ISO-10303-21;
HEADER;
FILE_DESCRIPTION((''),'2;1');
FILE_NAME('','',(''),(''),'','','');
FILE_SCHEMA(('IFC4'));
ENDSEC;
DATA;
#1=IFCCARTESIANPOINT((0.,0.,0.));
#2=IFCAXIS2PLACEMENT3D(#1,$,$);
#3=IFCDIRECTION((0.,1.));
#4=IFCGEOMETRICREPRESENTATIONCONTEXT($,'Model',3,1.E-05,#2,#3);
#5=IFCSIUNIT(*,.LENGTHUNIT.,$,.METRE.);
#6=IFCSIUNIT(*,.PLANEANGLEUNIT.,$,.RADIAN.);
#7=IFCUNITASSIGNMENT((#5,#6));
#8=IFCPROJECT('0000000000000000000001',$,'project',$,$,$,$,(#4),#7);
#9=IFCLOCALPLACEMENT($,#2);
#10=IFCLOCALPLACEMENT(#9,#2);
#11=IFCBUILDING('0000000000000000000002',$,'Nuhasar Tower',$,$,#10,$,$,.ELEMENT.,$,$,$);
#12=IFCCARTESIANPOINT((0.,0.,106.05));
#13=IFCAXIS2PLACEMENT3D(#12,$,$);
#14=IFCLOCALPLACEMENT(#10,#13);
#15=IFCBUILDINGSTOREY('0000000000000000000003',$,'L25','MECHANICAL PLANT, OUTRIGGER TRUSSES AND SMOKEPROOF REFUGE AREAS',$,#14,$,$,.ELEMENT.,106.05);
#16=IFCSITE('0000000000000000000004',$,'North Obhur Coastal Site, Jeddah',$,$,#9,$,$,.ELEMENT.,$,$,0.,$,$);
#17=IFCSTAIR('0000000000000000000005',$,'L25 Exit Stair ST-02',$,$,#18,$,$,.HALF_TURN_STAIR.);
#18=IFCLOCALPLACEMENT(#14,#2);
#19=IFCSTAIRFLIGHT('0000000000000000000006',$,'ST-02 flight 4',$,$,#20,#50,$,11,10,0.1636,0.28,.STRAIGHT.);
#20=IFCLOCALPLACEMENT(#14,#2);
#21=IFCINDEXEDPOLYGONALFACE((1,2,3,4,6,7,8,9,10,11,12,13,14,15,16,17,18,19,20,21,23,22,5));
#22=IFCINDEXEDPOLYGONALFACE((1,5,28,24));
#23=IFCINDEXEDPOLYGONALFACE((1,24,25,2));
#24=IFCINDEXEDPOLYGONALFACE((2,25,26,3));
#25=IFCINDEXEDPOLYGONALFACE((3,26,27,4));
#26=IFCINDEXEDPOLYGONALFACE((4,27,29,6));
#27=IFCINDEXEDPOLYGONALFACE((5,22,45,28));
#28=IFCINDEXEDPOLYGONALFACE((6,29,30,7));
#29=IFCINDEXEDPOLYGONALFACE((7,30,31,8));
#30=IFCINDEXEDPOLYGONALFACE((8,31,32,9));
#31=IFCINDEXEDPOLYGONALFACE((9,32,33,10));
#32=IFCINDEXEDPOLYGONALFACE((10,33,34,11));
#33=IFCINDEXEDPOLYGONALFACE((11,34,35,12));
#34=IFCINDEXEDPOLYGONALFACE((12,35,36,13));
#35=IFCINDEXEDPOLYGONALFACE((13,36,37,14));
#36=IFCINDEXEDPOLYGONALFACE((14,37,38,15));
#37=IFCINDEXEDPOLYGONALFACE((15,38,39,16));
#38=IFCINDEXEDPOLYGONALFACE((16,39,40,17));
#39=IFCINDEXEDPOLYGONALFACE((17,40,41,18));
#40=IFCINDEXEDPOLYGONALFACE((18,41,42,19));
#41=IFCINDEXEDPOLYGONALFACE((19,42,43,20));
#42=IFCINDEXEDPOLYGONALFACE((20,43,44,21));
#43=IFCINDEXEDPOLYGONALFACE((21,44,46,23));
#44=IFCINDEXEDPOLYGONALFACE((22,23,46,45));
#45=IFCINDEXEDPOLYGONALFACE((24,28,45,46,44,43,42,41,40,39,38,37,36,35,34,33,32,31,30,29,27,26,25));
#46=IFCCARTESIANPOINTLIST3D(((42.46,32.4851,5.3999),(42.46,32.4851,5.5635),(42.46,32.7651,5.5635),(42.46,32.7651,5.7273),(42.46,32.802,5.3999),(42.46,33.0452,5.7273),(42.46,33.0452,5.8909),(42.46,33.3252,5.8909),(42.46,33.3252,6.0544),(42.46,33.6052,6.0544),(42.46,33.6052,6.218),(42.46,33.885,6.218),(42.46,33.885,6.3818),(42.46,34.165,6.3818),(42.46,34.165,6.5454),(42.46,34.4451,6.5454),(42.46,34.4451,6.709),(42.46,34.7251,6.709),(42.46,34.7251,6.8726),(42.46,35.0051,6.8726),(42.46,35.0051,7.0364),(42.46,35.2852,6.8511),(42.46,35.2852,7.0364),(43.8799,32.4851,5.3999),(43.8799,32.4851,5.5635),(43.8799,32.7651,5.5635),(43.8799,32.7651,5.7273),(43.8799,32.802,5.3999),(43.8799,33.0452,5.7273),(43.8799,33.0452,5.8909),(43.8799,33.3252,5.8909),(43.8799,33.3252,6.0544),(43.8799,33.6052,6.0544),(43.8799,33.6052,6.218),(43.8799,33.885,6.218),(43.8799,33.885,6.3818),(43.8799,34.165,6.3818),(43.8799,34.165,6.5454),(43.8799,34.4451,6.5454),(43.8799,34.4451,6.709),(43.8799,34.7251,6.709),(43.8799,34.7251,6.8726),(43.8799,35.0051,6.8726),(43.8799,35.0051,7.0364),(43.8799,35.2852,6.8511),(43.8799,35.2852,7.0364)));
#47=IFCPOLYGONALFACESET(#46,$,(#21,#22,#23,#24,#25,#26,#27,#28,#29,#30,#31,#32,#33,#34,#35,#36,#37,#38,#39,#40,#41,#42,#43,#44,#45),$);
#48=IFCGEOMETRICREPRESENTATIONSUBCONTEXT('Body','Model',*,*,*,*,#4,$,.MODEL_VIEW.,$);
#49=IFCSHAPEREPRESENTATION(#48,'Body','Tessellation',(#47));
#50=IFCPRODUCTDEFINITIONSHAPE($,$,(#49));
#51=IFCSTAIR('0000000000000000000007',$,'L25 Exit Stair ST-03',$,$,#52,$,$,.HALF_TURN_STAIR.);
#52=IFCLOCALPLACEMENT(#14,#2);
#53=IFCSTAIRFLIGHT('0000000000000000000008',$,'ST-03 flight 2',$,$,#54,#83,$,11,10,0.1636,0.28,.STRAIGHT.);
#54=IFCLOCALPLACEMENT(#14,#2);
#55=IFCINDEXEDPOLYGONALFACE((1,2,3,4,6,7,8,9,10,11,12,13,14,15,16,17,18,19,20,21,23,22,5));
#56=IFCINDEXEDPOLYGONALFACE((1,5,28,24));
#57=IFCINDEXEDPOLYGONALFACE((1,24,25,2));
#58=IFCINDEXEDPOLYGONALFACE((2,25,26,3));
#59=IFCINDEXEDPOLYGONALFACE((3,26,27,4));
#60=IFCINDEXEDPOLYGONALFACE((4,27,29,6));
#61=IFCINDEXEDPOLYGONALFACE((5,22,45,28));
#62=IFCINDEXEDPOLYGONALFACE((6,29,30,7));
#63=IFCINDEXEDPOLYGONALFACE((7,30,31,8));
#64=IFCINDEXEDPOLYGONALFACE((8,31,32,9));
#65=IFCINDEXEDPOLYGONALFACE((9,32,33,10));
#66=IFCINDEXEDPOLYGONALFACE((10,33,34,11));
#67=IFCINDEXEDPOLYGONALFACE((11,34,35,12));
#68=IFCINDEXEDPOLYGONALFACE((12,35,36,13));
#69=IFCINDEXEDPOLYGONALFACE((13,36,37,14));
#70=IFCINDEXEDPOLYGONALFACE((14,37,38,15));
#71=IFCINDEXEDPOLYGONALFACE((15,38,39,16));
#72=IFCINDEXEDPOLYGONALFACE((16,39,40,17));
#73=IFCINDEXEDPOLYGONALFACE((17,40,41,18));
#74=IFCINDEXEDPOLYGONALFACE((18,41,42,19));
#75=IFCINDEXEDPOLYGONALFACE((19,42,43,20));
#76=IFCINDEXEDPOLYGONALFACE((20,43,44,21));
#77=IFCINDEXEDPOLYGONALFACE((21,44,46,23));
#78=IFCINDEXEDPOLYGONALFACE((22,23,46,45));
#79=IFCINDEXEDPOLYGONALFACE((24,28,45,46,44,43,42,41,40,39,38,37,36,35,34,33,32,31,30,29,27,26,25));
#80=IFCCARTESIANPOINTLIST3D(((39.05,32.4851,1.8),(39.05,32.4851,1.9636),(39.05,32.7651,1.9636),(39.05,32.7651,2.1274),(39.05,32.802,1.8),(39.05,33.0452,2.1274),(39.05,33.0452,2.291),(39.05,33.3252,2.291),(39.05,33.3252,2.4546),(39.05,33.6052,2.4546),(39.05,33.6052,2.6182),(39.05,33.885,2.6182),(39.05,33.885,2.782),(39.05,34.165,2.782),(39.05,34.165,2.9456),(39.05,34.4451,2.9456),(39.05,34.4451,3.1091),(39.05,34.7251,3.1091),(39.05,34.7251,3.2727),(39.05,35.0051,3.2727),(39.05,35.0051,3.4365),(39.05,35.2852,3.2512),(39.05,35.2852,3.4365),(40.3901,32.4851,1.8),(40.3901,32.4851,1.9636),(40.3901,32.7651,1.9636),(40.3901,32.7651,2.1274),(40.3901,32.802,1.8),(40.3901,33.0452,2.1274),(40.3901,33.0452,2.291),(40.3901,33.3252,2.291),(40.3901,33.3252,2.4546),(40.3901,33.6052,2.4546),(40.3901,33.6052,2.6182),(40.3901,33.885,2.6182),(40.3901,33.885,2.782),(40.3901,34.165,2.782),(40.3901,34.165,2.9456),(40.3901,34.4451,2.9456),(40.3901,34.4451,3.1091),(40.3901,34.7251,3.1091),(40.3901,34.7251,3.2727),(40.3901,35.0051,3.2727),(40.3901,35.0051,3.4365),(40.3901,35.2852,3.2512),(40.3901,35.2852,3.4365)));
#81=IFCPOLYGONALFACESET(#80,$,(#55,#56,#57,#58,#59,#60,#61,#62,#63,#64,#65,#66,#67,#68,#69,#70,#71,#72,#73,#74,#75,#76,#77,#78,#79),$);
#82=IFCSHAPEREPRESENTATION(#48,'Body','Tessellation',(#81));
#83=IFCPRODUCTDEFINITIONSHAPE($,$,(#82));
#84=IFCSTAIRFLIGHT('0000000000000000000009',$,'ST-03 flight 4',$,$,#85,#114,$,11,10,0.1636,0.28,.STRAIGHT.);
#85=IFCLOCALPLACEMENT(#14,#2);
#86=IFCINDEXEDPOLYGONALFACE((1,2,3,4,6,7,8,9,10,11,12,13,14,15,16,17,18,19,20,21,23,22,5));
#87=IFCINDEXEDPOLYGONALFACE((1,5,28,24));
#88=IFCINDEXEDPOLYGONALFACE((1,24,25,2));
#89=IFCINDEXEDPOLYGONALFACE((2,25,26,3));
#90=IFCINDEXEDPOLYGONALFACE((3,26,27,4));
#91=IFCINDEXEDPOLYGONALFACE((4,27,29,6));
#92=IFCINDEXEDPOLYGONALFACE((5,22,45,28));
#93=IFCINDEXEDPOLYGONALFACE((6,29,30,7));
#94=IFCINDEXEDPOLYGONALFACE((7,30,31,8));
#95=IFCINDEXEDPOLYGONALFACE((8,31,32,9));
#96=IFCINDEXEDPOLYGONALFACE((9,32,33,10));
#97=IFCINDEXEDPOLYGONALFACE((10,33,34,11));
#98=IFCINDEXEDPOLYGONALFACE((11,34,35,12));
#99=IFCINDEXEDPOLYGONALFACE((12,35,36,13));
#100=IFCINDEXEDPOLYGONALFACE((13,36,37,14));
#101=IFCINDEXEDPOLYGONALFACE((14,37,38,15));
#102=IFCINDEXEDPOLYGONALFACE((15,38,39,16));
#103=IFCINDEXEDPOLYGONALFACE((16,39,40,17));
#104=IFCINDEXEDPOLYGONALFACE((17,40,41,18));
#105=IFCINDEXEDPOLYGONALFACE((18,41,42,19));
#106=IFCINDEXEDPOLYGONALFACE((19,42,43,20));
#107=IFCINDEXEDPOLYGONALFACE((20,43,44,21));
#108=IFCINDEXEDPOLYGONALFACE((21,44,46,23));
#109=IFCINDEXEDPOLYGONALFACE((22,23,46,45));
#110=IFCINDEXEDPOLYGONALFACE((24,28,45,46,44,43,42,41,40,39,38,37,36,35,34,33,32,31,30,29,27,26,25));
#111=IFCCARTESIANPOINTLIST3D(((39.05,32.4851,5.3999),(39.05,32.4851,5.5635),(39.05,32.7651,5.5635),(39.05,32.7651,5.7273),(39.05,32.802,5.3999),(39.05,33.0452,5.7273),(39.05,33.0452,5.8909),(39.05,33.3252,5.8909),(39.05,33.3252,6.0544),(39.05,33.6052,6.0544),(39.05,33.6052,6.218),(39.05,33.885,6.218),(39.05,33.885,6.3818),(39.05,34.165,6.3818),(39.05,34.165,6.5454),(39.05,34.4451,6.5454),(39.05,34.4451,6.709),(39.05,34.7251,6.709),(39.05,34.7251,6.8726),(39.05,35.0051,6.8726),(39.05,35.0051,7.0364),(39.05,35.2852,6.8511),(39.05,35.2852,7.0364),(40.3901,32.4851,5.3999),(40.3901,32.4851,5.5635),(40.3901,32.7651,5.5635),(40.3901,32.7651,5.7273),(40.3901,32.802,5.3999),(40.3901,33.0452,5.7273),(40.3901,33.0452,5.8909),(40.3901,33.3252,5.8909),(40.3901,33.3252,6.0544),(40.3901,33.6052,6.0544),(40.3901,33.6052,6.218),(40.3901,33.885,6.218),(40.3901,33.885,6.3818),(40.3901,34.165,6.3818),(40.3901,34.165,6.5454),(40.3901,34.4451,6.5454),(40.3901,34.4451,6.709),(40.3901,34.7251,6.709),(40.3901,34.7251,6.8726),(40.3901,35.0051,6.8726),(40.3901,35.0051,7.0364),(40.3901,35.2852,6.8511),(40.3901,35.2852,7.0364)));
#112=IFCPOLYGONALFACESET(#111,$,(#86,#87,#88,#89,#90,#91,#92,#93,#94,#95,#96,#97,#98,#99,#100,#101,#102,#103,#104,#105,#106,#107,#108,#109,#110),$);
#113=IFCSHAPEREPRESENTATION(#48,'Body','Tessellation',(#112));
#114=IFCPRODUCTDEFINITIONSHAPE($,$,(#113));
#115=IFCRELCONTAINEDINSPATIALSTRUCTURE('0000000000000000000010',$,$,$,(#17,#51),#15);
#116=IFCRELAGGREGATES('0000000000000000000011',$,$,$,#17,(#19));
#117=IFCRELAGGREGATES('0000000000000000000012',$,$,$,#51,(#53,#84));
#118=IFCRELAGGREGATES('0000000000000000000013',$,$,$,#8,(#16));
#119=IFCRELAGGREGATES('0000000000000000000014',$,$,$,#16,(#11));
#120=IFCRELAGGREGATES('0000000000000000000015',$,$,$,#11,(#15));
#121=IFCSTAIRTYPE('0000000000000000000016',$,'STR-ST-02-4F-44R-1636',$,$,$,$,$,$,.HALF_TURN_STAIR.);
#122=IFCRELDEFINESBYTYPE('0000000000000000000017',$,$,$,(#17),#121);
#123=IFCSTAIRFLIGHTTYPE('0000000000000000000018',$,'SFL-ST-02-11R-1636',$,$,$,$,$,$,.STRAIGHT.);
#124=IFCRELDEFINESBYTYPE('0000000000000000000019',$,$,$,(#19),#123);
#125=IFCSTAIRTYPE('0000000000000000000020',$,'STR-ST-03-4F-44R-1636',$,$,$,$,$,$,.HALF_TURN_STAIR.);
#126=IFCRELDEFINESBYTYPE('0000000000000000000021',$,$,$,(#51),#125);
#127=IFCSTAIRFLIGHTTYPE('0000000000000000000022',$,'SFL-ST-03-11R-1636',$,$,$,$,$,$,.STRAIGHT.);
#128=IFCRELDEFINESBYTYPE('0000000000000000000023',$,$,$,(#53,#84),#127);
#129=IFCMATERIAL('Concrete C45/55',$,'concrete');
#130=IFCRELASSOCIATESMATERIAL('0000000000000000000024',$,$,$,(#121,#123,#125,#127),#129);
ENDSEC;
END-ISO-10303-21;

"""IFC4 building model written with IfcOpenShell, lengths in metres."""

from ifc_helpers import new_model, si_unit, direction, frame, origin, place, context, subcontext, project, spatial, polyline, outline, extrude, material, type_object, element, aggregate, save


model = new_model("IFC4")

# Units and contexts
model_context = context("Model", 3, precision=1e-05, world=origin(), true_north=direction((0.0, 1.0)))
body_context = subcontext(model_context, "Body", "Model", "MODEL_VIEW")
ifc_project = project(units=[si_unit("LENGTHUNIT", "METRE"), si_unit("PLANEANGLEUNIT", "RADIAN")], contexts=[model_context])

# Site, building, storey
site_placement = place(None, origin())
site = spatial("IfcSite", under=ifc_project, at=site_placement, Name="North Obhur Coastal Site, Jeddah", CompositionType="ELEMENT", RefElevation=0.0)
building_placement = place(site_placement, origin())
building = spatial("IfcBuilding", under=site, at=building_placement, Name="Nuhasar Tower", CompositionType="ELEMENT")
storey_placement = place(building_placement, frame((0.0, 0.0, 106.05)))
storey = spatial("IfcBuildingStorey", under=building, at=storey_placement, Name="L25", Description="MECHANICAL PLANT, OUTRIGGER TRUSSES AND SMOKEPROOF REFUGE AREAS", CompositionType="ELEMENT", Elevation=106.05)

# Shared definitions
ifc_material_1 = material(Name="Concrete C45/55", Category="concrete")

# Stairs, stair flights
stair_type_1 = type_object("IfcStairType", Name="STR-ST-02-4F-44R-1636", PredefinedType="HALF_TURN_STAIR", material=ifc_material_1)
stair_1_placement = place(storey_placement, origin())
stair_1 = element("IfcStair", 1, at=stair_1_placement, inside=storey, type_object=stair_type_1, Name="L25 Exit Stair ST-02", PredefinedType="HALF_TURN_STAIR")
stair_flight_type_1 = type_object("IfcStairFlightType", Name="SFL-ST-02-11R-1636", PredefinedType="STRAIGHT", material=ifc_material_1)
stair_flight_1_placement = place(storey_placement, frame((43.1699, 32.4851, 5.3999), z_axis=(0.0, 0.0, 1.0), x_axis=(0.0, 1.0, 0.0)))
stair_flight_1 = element("IfcStairFlight", 2, at=stair_flight_1_placement, type_object=stair_flight_type_1, Name="ST-02 flight 4", NumberOfRisers=11, NumberOfTreads=10, PredefinedType="STRAIGHT", RiserHeight=0.1636, TreadLength=0.28, context=body_context, shape_type="SweptSolid", body=[
    extrude(outline(polyline([(0.0, 0.0), (0.0, 0.1636), (0.28, 0.1636), (0.28, 0.3274), (0.5601, 0.3274), (0.5601, 0.491), (0.8401, 0.491), (0.8401, 0.6545), (1.1201, 0.6545), (1.1201, 0.8181), (1.3999, 0.8181), (1.3999, 0.9819), (1.6799, 0.9819), (1.6799, 1.1455), (1.96, 1.1455), (1.96, 1.3091), (2.24, 1.3091), (2.24, 1.4727), (2.52, 1.4727), (2.52, 1.6365), (2.8, 1.6365), (2.8, 1.8), (2.8, 1.4512), (0.3169, 0.0), (0.0, 0.0)])), frame((0.0, 0.71, 0.0), z_axis=(0.0, -1.0, 0.0), x_axis=(1.0, 0.0, 0.0)), (0.0, 0.0, 1.0), 1.4199),
])
aggregate(stair_1, [stair_flight_1])
stair_type_2 = type_object("IfcStairType", Name="STR-ST-03-4F-44R-1636", PredefinedType="HALF_TURN_STAIR", material=ifc_material_1)
stair_2_placement = place(storey_placement, origin())
stair_2 = element("IfcStair", 3, at=stair_2_placement, inside=storey, type_object=stair_type_2, Name="L25 Exit Stair ST-03", PredefinedType="HALF_TURN_STAIR")
stair_flight_type_2 = type_object("IfcStairFlightType", Name="SFL-ST-03-11R-1636", PredefinedType="STRAIGHT", material=ifc_material_1)
stair_flight_2_placement = place(storey_placement, frame((39.72, 32.4851, 1.8), z_axis=(0.0, 0.0, 1.0), x_axis=(0.0, 1.0, 0.0)))
stair_flight_2 = element("IfcStairFlight", 4, at=stair_flight_2_placement, type_object=stair_flight_type_2, Name="ST-03 flight 2", NumberOfRisers=11, NumberOfTreads=10, PredefinedType="STRAIGHT", RiserHeight=0.1636, TreadLength=0.28, context=body_context, shape_type="SweptSolid", body=[
    extrude(outline(polyline([(0.0, 0.0), (0.0, 0.1636), (0.28, 0.1636), (0.28, 0.3274), (0.5601, 0.3274), (0.5601, 0.491), (0.8401, 0.491), (0.8401, 0.6545), (1.1201, 0.6545), (1.1201, 0.8181), (1.3999, 0.8181), (1.3999, 0.9819), (1.6799, 0.9819), (1.6799, 1.1455), (1.96, 1.1455), (1.96, 1.3091), (2.24, 1.3091), (2.24, 1.4727), (2.52, 1.4727), (2.52, 1.6365), (2.8, 1.6365), (2.8, 1.8), (2.8, 1.4512), (0.3169, 0.0), (0.0, 0.0)])), frame((0.0, 0.6699, 0.0), z_axis=(0.0, -1.0, 0.0), x_axis=(1.0, 0.0, 0.0)), (0.0, 0.0, 1.0), 1.3401),
])
stair_flight_3_placement = place(storey_placement, frame((39.72, 32.4851, 5.3999), z_axis=(0.0, 0.0, 1.0), x_axis=(0.0, 1.0, 0.0)))
stair_flight_3 = element("IfcStairFlight", 5, at=stair_flight_3_placement, type_object=stair_flight_type_2, Name="ST-03 flight 4", NumberOfRisers=11, NumberOfTreads=10, PredefinedType="STRAIGHT", RiserHeight=0.1636, TreadLength=0.28, context=body_context, shape_type="SweptSolid", body=[
    extrude(outline(polyline([(0.0, 0.0), (0.0, 0.1636), (0.28, 0.1636), (0.28, 0.3274), (0.5601, 0.3274), (0.5601, 0.491), (0.8401, 0.491), (0.8401, 0.6545), (1.1201, 0.6545), (1.1201, 0.8181), (1.3999, 0.8181), (1.3999, 0.9819), (1.6799, 0.9819), (1.6799, 1.1455), (1.96, 1.1455), (1.96, 1.3091), (2.24, 1.3091), (2.24, 1.4727), (2.52, 1.4727), (2.52, 1.6365), (2.8, 1.6365), (2.8, 1.8), (2.8, 1.4512), (0.3169, 0.0), (0.0, 0.0)])), frame((0.0, 0.6699, 0.0), z_axis=(0.0, -1.0, 0.0), x_axis=(1.0, 0.0, 0.0)), (0.0, 0.0, 1.0), 1.3401),
])
aggregate(stair_2, [stair_flight_2, stair_flight_3])

save(model, "model.ifc")
